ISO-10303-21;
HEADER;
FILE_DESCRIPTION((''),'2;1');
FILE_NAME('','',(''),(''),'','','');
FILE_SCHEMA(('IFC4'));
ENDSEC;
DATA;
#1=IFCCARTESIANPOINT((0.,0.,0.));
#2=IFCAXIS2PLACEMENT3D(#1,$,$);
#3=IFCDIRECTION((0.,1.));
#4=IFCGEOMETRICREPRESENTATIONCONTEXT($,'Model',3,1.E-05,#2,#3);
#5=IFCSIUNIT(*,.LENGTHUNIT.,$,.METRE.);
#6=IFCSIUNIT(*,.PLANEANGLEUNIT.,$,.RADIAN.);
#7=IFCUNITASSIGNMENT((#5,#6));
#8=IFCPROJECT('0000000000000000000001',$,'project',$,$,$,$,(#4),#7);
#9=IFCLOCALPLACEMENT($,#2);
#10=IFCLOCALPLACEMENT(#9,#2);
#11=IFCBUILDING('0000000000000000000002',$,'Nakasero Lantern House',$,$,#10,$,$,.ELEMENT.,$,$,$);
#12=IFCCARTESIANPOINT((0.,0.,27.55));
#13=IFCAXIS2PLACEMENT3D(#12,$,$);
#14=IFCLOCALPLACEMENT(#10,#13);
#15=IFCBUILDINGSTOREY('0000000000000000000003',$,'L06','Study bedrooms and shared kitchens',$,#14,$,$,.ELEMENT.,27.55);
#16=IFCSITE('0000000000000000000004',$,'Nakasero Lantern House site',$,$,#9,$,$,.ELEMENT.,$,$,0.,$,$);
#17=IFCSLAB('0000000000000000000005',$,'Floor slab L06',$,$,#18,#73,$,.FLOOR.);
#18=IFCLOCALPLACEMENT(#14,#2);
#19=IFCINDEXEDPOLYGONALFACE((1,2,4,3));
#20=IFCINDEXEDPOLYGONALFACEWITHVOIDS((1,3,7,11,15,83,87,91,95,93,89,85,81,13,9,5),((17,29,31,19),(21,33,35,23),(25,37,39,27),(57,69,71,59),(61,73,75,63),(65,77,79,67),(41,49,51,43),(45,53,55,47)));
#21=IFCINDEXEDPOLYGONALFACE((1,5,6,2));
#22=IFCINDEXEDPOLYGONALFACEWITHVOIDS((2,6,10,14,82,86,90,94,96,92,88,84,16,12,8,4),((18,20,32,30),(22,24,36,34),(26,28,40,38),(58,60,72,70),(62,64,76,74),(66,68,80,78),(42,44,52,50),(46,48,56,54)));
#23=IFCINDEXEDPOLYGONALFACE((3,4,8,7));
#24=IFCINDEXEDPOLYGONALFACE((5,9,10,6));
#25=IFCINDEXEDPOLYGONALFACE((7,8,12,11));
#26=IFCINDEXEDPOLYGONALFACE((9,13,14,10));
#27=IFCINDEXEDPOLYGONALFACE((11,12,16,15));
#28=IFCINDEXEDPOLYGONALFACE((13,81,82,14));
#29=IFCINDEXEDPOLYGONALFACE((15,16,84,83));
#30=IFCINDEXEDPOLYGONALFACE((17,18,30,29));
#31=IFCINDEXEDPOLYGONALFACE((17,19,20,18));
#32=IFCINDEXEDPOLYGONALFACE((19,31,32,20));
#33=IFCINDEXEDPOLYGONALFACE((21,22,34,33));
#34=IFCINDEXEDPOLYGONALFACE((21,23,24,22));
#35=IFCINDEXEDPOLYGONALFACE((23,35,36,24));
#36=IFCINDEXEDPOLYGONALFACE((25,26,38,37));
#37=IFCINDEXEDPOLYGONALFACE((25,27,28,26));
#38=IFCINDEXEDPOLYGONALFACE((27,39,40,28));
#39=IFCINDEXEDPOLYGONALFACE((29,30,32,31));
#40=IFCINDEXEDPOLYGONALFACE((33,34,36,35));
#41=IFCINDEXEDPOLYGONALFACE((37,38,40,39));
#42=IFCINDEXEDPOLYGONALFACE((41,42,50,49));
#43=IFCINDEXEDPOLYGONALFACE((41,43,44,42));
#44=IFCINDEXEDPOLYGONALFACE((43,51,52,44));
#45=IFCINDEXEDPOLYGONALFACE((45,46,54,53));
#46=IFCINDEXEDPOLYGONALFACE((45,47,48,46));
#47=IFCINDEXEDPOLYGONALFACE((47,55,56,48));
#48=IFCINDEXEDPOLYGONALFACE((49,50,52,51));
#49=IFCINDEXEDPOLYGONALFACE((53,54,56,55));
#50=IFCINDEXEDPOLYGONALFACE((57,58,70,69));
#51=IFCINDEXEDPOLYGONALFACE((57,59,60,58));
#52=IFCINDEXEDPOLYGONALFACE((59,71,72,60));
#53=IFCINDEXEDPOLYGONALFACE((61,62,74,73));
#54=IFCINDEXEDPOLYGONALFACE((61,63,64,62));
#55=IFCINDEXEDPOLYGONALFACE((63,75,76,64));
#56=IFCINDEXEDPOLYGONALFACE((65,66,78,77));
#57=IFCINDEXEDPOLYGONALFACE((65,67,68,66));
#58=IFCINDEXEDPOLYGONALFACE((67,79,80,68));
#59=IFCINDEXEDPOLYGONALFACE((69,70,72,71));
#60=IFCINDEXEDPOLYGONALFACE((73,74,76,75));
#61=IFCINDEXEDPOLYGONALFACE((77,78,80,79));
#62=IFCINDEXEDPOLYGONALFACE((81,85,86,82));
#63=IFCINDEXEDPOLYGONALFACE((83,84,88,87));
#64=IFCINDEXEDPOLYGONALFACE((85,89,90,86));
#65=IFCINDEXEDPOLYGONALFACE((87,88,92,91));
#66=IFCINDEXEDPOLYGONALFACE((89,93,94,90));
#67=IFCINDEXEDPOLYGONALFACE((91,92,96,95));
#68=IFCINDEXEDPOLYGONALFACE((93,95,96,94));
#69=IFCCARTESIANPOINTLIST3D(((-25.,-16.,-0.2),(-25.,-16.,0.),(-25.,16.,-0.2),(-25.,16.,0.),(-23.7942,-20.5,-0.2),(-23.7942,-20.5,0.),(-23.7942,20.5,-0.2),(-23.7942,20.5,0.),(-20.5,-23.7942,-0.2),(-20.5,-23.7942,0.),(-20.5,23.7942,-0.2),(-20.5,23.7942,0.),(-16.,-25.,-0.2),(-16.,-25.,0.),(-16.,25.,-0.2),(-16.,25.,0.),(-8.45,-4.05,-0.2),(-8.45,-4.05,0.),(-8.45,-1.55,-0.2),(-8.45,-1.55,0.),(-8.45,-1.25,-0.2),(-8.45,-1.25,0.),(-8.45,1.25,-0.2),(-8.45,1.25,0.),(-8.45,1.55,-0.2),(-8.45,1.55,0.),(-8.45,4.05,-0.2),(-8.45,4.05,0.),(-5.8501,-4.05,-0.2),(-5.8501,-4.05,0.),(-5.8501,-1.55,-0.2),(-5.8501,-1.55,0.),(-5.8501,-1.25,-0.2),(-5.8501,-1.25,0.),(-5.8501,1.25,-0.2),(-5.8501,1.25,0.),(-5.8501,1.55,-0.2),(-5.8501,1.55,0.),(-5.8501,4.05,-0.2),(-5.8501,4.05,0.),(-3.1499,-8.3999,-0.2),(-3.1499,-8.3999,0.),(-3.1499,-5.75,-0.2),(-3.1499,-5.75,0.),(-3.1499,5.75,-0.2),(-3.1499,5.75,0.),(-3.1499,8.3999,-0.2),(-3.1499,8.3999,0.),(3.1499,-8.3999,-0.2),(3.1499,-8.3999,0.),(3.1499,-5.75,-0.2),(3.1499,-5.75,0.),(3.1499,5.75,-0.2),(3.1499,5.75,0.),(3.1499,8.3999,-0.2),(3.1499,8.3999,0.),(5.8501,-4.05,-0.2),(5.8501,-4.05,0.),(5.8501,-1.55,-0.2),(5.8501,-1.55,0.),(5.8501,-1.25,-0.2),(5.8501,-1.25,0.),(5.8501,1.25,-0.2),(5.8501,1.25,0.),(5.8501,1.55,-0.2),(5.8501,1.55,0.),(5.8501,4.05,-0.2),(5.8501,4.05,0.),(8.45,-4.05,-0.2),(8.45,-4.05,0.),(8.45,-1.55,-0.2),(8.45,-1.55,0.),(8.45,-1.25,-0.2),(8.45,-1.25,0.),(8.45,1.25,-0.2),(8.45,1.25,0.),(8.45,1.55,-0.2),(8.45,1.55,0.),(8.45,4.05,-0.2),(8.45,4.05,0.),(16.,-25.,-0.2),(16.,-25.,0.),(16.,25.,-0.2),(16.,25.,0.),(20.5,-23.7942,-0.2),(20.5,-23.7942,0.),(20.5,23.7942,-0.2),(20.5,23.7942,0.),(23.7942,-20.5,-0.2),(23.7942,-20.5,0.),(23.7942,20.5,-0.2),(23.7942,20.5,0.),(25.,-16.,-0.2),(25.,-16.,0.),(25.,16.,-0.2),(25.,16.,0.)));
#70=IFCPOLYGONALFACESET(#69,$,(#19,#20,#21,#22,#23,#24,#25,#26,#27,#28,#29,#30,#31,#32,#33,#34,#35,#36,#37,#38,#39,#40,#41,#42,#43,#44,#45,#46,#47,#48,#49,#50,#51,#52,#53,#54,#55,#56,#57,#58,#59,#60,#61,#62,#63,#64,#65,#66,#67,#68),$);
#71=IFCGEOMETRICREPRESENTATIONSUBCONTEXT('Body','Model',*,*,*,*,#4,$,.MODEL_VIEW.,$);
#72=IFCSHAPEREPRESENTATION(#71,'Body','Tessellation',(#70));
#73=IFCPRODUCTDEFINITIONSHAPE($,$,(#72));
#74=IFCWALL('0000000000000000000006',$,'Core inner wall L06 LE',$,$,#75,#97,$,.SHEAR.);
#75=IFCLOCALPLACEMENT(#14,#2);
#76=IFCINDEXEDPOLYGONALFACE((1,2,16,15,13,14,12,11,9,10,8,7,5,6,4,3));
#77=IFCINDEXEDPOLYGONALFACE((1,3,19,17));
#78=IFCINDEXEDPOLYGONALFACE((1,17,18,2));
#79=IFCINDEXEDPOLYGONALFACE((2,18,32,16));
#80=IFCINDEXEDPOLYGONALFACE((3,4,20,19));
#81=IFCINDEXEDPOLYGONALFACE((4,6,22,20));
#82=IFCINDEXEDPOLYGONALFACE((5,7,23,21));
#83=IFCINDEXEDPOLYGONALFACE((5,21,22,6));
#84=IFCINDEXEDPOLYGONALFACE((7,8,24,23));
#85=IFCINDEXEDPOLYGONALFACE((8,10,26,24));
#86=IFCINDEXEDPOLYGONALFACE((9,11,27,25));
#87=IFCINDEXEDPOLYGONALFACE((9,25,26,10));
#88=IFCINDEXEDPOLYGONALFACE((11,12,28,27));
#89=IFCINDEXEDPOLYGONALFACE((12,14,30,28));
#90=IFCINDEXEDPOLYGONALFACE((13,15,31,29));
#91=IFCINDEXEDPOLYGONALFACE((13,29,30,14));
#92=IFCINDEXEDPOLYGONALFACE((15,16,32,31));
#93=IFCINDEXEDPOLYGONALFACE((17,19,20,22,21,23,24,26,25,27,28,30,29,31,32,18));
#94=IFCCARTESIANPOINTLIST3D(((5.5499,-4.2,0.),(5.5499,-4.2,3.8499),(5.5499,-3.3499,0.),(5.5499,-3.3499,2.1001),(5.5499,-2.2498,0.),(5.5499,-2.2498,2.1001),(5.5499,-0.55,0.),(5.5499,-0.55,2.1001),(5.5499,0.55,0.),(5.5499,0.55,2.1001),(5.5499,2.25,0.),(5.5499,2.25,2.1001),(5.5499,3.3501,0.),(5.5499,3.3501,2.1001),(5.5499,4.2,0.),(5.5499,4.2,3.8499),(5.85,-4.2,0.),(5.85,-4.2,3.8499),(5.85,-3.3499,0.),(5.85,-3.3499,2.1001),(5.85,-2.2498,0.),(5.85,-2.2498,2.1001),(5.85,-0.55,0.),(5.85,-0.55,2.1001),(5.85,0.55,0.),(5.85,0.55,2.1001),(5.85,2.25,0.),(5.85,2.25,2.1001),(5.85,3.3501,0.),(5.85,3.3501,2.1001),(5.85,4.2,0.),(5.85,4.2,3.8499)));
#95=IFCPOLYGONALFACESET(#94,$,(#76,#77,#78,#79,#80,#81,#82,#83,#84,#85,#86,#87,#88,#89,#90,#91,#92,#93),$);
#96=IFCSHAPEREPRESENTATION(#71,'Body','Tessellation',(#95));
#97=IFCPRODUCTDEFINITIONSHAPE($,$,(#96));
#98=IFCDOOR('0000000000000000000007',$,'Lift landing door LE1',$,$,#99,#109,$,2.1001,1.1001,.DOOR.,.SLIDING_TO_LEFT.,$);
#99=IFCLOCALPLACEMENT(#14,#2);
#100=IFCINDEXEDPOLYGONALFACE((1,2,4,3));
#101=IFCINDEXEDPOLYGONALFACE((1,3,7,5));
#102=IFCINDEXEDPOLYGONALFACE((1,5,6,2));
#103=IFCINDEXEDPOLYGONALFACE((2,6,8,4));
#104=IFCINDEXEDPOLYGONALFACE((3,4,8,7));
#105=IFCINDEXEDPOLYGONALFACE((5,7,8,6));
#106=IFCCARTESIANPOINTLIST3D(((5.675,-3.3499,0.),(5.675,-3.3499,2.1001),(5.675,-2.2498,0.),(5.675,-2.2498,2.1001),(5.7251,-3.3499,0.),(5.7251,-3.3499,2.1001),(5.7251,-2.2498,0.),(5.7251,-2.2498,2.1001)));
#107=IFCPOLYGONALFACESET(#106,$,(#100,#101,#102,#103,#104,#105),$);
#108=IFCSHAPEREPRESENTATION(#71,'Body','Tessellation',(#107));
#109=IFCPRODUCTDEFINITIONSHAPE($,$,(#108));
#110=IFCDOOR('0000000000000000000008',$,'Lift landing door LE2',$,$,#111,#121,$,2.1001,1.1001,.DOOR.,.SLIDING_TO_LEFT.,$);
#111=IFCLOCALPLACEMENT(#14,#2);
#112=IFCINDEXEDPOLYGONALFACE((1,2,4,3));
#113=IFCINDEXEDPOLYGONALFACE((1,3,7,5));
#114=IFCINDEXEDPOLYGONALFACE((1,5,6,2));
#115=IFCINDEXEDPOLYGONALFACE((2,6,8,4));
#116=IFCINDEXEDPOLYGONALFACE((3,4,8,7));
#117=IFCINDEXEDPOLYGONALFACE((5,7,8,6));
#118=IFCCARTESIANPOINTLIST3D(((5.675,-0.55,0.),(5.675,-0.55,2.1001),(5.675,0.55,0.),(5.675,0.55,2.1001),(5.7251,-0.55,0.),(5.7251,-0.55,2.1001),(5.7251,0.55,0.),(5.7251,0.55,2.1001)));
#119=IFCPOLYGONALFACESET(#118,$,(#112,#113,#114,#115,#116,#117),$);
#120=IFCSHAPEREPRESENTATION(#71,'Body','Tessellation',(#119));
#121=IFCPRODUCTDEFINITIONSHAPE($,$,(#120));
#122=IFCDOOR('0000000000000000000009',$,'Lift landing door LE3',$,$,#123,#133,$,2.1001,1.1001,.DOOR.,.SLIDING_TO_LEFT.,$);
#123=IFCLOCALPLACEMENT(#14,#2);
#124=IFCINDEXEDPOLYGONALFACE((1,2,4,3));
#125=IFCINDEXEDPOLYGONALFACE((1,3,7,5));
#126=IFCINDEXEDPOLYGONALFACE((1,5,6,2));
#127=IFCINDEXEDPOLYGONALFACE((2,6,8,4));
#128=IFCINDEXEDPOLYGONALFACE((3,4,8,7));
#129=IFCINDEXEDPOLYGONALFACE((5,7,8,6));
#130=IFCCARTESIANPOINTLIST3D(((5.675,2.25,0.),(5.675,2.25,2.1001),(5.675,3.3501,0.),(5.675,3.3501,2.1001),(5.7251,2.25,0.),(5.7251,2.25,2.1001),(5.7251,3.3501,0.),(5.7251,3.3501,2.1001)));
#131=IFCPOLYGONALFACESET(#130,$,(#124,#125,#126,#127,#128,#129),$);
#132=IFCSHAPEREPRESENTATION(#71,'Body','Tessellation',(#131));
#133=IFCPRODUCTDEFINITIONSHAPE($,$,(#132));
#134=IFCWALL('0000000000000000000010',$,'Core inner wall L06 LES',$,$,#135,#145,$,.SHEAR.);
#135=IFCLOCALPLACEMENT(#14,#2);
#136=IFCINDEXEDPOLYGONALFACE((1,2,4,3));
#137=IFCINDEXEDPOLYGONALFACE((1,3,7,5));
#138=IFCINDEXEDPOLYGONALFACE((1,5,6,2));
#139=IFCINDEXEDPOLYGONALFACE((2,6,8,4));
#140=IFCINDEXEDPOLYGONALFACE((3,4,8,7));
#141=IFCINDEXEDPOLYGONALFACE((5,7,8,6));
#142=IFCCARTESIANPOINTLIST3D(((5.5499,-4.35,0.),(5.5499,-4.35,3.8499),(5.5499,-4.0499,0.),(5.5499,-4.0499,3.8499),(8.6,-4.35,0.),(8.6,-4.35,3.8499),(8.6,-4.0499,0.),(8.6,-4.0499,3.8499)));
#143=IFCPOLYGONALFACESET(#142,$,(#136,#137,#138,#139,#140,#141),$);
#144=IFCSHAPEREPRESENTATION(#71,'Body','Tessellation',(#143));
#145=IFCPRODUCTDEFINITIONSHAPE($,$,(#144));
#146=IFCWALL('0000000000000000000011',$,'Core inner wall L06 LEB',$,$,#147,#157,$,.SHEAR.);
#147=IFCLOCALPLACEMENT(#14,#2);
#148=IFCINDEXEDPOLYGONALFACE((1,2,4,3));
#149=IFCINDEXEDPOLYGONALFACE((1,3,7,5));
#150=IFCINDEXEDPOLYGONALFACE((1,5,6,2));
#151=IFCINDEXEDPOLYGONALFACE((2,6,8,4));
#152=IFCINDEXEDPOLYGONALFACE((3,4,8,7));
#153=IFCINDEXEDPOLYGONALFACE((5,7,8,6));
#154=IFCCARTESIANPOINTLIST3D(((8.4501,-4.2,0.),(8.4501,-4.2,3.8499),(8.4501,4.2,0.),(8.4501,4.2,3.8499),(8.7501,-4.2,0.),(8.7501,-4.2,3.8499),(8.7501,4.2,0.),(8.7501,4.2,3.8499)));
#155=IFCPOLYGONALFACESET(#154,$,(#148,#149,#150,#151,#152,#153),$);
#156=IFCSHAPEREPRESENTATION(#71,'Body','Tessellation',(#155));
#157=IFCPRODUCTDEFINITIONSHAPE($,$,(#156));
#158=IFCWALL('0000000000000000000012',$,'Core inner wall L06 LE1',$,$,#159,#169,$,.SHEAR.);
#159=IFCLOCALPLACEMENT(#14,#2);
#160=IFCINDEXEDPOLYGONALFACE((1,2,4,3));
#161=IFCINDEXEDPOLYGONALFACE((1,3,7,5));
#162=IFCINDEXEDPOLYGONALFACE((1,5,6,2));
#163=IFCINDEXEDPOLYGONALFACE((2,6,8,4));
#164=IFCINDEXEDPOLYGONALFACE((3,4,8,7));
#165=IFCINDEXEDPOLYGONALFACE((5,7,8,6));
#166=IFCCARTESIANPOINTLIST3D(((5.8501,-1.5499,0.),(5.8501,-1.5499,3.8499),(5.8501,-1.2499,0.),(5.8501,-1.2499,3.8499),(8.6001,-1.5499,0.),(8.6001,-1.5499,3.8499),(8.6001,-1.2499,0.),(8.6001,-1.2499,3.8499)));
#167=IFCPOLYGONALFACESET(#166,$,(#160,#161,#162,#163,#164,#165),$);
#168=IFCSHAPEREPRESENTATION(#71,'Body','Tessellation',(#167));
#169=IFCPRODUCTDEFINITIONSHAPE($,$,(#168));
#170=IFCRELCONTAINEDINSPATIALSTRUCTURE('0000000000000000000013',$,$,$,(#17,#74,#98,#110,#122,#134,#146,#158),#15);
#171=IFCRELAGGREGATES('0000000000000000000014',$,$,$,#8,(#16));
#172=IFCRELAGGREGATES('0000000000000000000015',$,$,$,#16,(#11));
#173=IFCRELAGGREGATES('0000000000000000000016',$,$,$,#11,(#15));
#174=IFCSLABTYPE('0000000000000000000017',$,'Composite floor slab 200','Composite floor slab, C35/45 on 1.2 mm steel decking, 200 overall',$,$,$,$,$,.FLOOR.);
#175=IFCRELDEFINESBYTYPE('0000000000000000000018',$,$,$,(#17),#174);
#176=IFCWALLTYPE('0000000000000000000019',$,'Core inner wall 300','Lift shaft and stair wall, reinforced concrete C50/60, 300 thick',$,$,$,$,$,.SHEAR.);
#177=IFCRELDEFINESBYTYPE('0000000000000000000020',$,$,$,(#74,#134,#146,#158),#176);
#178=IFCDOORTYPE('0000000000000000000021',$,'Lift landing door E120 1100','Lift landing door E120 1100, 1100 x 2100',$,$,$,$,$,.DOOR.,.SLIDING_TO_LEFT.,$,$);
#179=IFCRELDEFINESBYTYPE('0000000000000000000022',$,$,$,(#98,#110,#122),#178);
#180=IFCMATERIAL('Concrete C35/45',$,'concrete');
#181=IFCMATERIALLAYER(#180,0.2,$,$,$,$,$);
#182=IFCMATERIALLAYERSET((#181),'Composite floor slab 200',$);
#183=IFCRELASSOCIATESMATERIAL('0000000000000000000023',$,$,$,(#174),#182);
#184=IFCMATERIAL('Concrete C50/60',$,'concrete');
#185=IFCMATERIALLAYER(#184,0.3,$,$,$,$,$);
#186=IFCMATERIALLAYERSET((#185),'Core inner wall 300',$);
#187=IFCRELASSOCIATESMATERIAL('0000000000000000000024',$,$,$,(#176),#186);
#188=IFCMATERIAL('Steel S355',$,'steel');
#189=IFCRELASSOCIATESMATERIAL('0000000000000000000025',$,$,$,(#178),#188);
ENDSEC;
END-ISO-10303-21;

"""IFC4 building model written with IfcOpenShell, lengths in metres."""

from ifc_helpers import new_model, si_unit, direction, frame, frame_2d, origin, place, context, subcontext, project, spatial, polyline, rectangle, outline, extrude, material, layer, layer_set, type_object, element, fill, save


model = new_model("IFC4")

# Units and contexts
model_context = context("Model", 3, precision=1e-05, world=origin(), true_north=direction((0.0, 1.0)))
body_context = subcontext(model_context, "Body", "Model", "MODEL_VIEW")
ifc_project = project(units=[si_unit("LENGTHUNIT", "METRE"), si_unit("PLANEANGLEUNIT", "RADIAN")], contexts=[model_context])

# Site, building, storey
site_placement = place(None, origin())
site = spatial("IfcSite", under=ifc_project, at=site_placement, Name="Nakasero Lantern House site", CompositionType="ELEMENT", RefElevation=0.0)
building_placement = place(site_placement, origin())
building = spatial("IfcBuilding", under=site, at=building_placement, Name="Nakasero Lantern House", CompositionType="ELEMENT")
storey_placement = place(building_placement, frame((0.0, 0.0, 27.55)))
storey = spatial("IfcBuildingStorey", under=building, at=storey_placement, Name="L06", Description="Study bedrooms and shared kitchens", CompositionType="ELEMENT", Elevation=27.55)

# Slab
ifc_material_1 = material(Name="Concrete C35/45", Category="concrete")
ifc_layer_1 = layer(ifc_material_1, 0.2)
ifc_layer_set_1 = layer_set([ifc_layer_1], Name="Composite floor slab 200")
slab_type_1 = type_object("IfcSlabType", Name="Composite floor slab 200", Description="Composite floor slab, C35/45 on 1.2 mm steel decking, 200 overall", PredefinedType="FLOOR", material=ifc_layer_set_1)
slab_1_placement = place(storey_placement, frame((0.0, 0.0, -0.2)))
element("IfcSlab", 1, at=slab_1_placement, inside=storey, type_object=slab_type_1, Name="Floor slab L06", PredefinedType="FLOOR", context=body_context, shape_type="SweptSolid", body=[
    extrude(outline(polyline([(25.0, 16.0), (23.7942, 20.5), (20.5, 23.7942), (16.0, 25.0), (-16.0, 25.0), (-20.5, 23.7942), (-23.7942, 20.5), (-25.0, 16.0), (-25.0, -16.0), (-23.7942, -20.5), (-20.5, -23.7942), (-16.0, -25.0), (16.0, -25.0), (20.5, -23.7942), (23.7942, -20.5), (25.0, -16.0), (25.0, 16.0)]), holes=[polyline([(-8.45, -4.05), (-5.8501, -4.05), (-5.8501, -1.55), (-8.45, -1.55), (-8.45, -4.05)]), polyline([(-8.45, -1.25), (-5.8501, -1.25), (-5.8501, 1.25), (-8.45, 1.25), (-8.45, -1.25)]), polyline([(-8.45, 1.55), (-5.8501, 1.55), (-5.8501, 4.05), (-8.45, 4.05), (-8.45, 1.55)]), polyline([(5.8501, -4.05), (8.45, -4.05), (8.45, -1.55), (5.8501, -1.55), (5.8501, -4.05)]), polyline([(5.8501, -1.25), (8.45, -1.25), (8.45, 1.25), (5.8501, 1.25), (5.8501, -1.25)]), polyline([(5.8501, 1.55), (8.45, 1.55), (8.45, 4.05), (5.8501, 4.05), (5.8501, 1.55)]), polyline([(-3.1499, 5.75), (3.1499, 5.75), (3.1499, 8.3999), (-3.1499, 8.3999), (-3.1499, 5.75)]), polyline([(-3.1499, -8.3999), (3.1499, -8.3999), (3.1499, -5.75), (-3.1499, -5.75), (-3.1499, -8.3999)])]), origin(), (0.0, 0.0, 1.0), 0.2),
])

# Wall, openings, doors
ifc_material_2 = material(Name="Concrete C50/60", Category="concrete")
ifc_layer_2 = layer(ifc_material_2, 0.3)
ifc_layer_set_2 = layer_set([ifc_layer_2], Name="Core inner wall 300")
wall_type_1 = type_object("IfcWallType", Name="Core inner wall 300", Description="Lift shaft and stair wall, reinforced concrete C50/60, 300 thick", PredefinedType="SHEAR", material=ifc_layer_set_2)
wall_1_placement = place(storey_placement, frame((5.7, -4.2, 0.0), z_axis=(0.0, 0.0, 1.0), x_axis=(0.0, 1.0, 0.0)))
wall_1 = element("IfcWall", 2, at=wall_1_placement, inside=storey, type_object=wall_type_1, Name="Core inner wall L06 LE", PredefinedType="SHEAR", context=body_context, shape_type="SweptSolid", body=[
    extrude(rectangle(XDim=8.3999, YDim=0.3, at=frame_2d((4.2, 0.0))), origin(), (0.0, 0.0, 1.0), 3.8499),
])
opening_1_placement = place(wall_1_placement, frame((0.8501, 0.0, 0.0)))
opening_1 = element("IfcOpeningElement", 3, at=opening_1_placement, cuts=wall_1, PredefinedType="OPENING", context=body_context, shape_type="SweptSolid", body=[
    extrude(rectangle(XDim=1.1001, YDim=2.1001, at=frame_2d((0.55, 1.05))), frame((0.0, 0.1699, 0.0), z_axis=(0.0, -1.0, 0.0), x_axis=(1.0, 0.0, 0.0)), (0.0, 0.0, 1.0), 0.3401),
])
opening_2_placement = place(wall_1_placement, frame((3.6499, 0.0, 0.0)))
opening_2 = element("IfcOpeningElement", 4, at=opening_2_placement, cuts=wall_1, PredefinedType="OPENING", context=body_context, shape_type="SweptSolid", body=[
    extrude(rectangle(XDim=1.1001, YDim=2.1001, at=frame_2d((0.55, 1.05))), frame((0.0, 0.1699, 0.0), z_axis=(0.0, -1.0, 0.0), x_axis=(1.0, 0.0, 0.0)), (0.0, 0.0, 1.0), 0.3401),
])
opening_3_placement = place(wall_1_placement, frame((6.45, 0.0, 0.0)))
opening_3 = element("IfcOpeningElement", 5, at=opening_3_placement, cuts=wall_1, PredefinedType="OPENING", context=body_context, shape_type="SweptSolid", body=[
    extrude(rectangle(XDim=1.1001, YDim=2.1001, at=frame_2d((0.55, 1.05))), frame((0.0, 0.1699, 0.0), z_axis=(0.0, -1.0, 0.0), x_axis=(1.0, 0.0, 0.0)), (0.0, 0.0, 1.0), 0.3401),
])
ifc_material_3 = material(Name="Steel S355", Category="steel")
door_type_1 = type_object("IfcDoorType", Name="Lift landing door E120 1100", Description="Lift landing door E120 1100, 1100 x 2100", OperationType="SLIDING_TO_LEFT", PredefinedType="DOOR", material=ifc_material_3)
door_1_placement = place(opening_1_placement, origin())
door_1 = element("IfcDoor", 6, at=door_1_placement, inside=storey, type_object=door_type_1, Name="Lift landing door LE1", OperationType="SLIDING_TO_LEFT", OverallHeight=2.1001, OverallWidth=1.1001, PredefinedType="DOOR", context=body_context, shape_type="SweptSolid", body=[
    extrude(rectangle(XDim=1.1001, YDim=2.1001, at=frame_2d((0.55, 1.05))), frame((0.0, 0.0249, 0.0), z_axis=(0.0, -1.0, 0.0), x_axis=(1.0, 0.0, 0.0)), (0.0, 0.0, 1.0), 0.05),
])
fill(opening_1, door_1)
door_2_placement = place(opening_2_placement, origin())
door_2 = element("IfcDoor", 7, at=door_2_placement, inside=storey, type_object=door_type_1, Name="Lift landing door LE2", OperationType="SLIDING_TO_LEFT", OverallHeight=2.1001, OverallWidth=1.1001, PredefinedType="DOOR", context=body_context, shape_type="SweptSolid", body=[
    extrude(rectangle(XDim=1.1001, YDim=2.1001, at=frame_2d((0.55, 1.05))), frame((0.0, 0.0249, 0.0), z_axis=(0.0, -1.0, 0.0), x_axis=(1.0, 0.0, 0.0)), (0.0, 0.0, 1.0), 0.05),
])
fill(opening_2, door_2)
door_3_placement = place(opening_3_placement, origin())
door_3 = element("IfcDoor", 8, at=door_3_placement, inside=storey, type_object=door_type_1, Name="Lift landing door LE3", OperationType="SLIDING_TO_LEFT", OverallHeight=2.1001, OverallWidth=1.1001, PredefinedType="DOOR", context=body_context, shape_type="SweptSolid", body=[
    extrude(rectangle(XDim=1.1001, YDim=2.1001, at=frame_2d((0.55, 1.05))), frame((0.0, 0.0249, 0.0), z_axis=(0.0, -1.0, 0.0), x_axis=(1.0, 0.0, 0.0)), (0.0, 0.0, 1.0), 0.05),
])
fill(opening_3, door_3)

# Walls
wall_2_placement = place(storey_placement, frame((5.55, -4.2, 0.0), z_axis=(0.0, 0.0, 1.0), x_axis=(1.0, 0.0, 0.0)))
element("IfcWall", 9, at=wall_2_placement, inside=storey, type_object=wall_type_1, Name="Core inner wall L06 LES", PredefinedType="SHEAR", context=body_context, shape_type="SweptSolid", body=[
    extrude(rectangle(XDim=3.05, YDim=0.3, at=frame_2d((1.5249, 0.0))), origin(), (0.0, 0.0, 1.0), 3.8499),
])
wall_3_placement = place(storey_placement, frame((8.6001, -4.2, 0.0), z_axis=(0.0, 0.0, 1.0), x_axis=(0.0, 1.0, 0.0)))
element("IfcWall", 10, at=wall_3_placement, inside=storey, type_object=wall_type_1, Name="Core inner wall L06 LEB", PredefinedType="SHEAR", context=body_context, shape_type="SweptSolid", body=[
    extrude(rectangle(XDim=8.3999, YDim=0.3, at=frame_2d((4.2, 0.0))), origin(), (0.0, 0.0, 1.0), 3.8499),
])
wall_4_placement = place(storey_placement, frame((5.8501, -1.3999, 0.0), z_axis=(0.0, 0.0, 1.0), x_axis=(1.0, 0.0, 0.0)))
element("IfcWall", 11, at=wall_4_placement, inside=storey, type_object=wall_type_1, Name="Core inner wall L06 LE1", PredefinedType="SHEAR", context=body_context, shape_type="SweptSolid", body=[
    extrude(rectangle(XDim=2.75, YDim=0.3, at=frame_2d((1.375, 0.0))), origin(), (0.0, 0.0, 1.0), 3.8499),
])

save(model, "model.ifc")
